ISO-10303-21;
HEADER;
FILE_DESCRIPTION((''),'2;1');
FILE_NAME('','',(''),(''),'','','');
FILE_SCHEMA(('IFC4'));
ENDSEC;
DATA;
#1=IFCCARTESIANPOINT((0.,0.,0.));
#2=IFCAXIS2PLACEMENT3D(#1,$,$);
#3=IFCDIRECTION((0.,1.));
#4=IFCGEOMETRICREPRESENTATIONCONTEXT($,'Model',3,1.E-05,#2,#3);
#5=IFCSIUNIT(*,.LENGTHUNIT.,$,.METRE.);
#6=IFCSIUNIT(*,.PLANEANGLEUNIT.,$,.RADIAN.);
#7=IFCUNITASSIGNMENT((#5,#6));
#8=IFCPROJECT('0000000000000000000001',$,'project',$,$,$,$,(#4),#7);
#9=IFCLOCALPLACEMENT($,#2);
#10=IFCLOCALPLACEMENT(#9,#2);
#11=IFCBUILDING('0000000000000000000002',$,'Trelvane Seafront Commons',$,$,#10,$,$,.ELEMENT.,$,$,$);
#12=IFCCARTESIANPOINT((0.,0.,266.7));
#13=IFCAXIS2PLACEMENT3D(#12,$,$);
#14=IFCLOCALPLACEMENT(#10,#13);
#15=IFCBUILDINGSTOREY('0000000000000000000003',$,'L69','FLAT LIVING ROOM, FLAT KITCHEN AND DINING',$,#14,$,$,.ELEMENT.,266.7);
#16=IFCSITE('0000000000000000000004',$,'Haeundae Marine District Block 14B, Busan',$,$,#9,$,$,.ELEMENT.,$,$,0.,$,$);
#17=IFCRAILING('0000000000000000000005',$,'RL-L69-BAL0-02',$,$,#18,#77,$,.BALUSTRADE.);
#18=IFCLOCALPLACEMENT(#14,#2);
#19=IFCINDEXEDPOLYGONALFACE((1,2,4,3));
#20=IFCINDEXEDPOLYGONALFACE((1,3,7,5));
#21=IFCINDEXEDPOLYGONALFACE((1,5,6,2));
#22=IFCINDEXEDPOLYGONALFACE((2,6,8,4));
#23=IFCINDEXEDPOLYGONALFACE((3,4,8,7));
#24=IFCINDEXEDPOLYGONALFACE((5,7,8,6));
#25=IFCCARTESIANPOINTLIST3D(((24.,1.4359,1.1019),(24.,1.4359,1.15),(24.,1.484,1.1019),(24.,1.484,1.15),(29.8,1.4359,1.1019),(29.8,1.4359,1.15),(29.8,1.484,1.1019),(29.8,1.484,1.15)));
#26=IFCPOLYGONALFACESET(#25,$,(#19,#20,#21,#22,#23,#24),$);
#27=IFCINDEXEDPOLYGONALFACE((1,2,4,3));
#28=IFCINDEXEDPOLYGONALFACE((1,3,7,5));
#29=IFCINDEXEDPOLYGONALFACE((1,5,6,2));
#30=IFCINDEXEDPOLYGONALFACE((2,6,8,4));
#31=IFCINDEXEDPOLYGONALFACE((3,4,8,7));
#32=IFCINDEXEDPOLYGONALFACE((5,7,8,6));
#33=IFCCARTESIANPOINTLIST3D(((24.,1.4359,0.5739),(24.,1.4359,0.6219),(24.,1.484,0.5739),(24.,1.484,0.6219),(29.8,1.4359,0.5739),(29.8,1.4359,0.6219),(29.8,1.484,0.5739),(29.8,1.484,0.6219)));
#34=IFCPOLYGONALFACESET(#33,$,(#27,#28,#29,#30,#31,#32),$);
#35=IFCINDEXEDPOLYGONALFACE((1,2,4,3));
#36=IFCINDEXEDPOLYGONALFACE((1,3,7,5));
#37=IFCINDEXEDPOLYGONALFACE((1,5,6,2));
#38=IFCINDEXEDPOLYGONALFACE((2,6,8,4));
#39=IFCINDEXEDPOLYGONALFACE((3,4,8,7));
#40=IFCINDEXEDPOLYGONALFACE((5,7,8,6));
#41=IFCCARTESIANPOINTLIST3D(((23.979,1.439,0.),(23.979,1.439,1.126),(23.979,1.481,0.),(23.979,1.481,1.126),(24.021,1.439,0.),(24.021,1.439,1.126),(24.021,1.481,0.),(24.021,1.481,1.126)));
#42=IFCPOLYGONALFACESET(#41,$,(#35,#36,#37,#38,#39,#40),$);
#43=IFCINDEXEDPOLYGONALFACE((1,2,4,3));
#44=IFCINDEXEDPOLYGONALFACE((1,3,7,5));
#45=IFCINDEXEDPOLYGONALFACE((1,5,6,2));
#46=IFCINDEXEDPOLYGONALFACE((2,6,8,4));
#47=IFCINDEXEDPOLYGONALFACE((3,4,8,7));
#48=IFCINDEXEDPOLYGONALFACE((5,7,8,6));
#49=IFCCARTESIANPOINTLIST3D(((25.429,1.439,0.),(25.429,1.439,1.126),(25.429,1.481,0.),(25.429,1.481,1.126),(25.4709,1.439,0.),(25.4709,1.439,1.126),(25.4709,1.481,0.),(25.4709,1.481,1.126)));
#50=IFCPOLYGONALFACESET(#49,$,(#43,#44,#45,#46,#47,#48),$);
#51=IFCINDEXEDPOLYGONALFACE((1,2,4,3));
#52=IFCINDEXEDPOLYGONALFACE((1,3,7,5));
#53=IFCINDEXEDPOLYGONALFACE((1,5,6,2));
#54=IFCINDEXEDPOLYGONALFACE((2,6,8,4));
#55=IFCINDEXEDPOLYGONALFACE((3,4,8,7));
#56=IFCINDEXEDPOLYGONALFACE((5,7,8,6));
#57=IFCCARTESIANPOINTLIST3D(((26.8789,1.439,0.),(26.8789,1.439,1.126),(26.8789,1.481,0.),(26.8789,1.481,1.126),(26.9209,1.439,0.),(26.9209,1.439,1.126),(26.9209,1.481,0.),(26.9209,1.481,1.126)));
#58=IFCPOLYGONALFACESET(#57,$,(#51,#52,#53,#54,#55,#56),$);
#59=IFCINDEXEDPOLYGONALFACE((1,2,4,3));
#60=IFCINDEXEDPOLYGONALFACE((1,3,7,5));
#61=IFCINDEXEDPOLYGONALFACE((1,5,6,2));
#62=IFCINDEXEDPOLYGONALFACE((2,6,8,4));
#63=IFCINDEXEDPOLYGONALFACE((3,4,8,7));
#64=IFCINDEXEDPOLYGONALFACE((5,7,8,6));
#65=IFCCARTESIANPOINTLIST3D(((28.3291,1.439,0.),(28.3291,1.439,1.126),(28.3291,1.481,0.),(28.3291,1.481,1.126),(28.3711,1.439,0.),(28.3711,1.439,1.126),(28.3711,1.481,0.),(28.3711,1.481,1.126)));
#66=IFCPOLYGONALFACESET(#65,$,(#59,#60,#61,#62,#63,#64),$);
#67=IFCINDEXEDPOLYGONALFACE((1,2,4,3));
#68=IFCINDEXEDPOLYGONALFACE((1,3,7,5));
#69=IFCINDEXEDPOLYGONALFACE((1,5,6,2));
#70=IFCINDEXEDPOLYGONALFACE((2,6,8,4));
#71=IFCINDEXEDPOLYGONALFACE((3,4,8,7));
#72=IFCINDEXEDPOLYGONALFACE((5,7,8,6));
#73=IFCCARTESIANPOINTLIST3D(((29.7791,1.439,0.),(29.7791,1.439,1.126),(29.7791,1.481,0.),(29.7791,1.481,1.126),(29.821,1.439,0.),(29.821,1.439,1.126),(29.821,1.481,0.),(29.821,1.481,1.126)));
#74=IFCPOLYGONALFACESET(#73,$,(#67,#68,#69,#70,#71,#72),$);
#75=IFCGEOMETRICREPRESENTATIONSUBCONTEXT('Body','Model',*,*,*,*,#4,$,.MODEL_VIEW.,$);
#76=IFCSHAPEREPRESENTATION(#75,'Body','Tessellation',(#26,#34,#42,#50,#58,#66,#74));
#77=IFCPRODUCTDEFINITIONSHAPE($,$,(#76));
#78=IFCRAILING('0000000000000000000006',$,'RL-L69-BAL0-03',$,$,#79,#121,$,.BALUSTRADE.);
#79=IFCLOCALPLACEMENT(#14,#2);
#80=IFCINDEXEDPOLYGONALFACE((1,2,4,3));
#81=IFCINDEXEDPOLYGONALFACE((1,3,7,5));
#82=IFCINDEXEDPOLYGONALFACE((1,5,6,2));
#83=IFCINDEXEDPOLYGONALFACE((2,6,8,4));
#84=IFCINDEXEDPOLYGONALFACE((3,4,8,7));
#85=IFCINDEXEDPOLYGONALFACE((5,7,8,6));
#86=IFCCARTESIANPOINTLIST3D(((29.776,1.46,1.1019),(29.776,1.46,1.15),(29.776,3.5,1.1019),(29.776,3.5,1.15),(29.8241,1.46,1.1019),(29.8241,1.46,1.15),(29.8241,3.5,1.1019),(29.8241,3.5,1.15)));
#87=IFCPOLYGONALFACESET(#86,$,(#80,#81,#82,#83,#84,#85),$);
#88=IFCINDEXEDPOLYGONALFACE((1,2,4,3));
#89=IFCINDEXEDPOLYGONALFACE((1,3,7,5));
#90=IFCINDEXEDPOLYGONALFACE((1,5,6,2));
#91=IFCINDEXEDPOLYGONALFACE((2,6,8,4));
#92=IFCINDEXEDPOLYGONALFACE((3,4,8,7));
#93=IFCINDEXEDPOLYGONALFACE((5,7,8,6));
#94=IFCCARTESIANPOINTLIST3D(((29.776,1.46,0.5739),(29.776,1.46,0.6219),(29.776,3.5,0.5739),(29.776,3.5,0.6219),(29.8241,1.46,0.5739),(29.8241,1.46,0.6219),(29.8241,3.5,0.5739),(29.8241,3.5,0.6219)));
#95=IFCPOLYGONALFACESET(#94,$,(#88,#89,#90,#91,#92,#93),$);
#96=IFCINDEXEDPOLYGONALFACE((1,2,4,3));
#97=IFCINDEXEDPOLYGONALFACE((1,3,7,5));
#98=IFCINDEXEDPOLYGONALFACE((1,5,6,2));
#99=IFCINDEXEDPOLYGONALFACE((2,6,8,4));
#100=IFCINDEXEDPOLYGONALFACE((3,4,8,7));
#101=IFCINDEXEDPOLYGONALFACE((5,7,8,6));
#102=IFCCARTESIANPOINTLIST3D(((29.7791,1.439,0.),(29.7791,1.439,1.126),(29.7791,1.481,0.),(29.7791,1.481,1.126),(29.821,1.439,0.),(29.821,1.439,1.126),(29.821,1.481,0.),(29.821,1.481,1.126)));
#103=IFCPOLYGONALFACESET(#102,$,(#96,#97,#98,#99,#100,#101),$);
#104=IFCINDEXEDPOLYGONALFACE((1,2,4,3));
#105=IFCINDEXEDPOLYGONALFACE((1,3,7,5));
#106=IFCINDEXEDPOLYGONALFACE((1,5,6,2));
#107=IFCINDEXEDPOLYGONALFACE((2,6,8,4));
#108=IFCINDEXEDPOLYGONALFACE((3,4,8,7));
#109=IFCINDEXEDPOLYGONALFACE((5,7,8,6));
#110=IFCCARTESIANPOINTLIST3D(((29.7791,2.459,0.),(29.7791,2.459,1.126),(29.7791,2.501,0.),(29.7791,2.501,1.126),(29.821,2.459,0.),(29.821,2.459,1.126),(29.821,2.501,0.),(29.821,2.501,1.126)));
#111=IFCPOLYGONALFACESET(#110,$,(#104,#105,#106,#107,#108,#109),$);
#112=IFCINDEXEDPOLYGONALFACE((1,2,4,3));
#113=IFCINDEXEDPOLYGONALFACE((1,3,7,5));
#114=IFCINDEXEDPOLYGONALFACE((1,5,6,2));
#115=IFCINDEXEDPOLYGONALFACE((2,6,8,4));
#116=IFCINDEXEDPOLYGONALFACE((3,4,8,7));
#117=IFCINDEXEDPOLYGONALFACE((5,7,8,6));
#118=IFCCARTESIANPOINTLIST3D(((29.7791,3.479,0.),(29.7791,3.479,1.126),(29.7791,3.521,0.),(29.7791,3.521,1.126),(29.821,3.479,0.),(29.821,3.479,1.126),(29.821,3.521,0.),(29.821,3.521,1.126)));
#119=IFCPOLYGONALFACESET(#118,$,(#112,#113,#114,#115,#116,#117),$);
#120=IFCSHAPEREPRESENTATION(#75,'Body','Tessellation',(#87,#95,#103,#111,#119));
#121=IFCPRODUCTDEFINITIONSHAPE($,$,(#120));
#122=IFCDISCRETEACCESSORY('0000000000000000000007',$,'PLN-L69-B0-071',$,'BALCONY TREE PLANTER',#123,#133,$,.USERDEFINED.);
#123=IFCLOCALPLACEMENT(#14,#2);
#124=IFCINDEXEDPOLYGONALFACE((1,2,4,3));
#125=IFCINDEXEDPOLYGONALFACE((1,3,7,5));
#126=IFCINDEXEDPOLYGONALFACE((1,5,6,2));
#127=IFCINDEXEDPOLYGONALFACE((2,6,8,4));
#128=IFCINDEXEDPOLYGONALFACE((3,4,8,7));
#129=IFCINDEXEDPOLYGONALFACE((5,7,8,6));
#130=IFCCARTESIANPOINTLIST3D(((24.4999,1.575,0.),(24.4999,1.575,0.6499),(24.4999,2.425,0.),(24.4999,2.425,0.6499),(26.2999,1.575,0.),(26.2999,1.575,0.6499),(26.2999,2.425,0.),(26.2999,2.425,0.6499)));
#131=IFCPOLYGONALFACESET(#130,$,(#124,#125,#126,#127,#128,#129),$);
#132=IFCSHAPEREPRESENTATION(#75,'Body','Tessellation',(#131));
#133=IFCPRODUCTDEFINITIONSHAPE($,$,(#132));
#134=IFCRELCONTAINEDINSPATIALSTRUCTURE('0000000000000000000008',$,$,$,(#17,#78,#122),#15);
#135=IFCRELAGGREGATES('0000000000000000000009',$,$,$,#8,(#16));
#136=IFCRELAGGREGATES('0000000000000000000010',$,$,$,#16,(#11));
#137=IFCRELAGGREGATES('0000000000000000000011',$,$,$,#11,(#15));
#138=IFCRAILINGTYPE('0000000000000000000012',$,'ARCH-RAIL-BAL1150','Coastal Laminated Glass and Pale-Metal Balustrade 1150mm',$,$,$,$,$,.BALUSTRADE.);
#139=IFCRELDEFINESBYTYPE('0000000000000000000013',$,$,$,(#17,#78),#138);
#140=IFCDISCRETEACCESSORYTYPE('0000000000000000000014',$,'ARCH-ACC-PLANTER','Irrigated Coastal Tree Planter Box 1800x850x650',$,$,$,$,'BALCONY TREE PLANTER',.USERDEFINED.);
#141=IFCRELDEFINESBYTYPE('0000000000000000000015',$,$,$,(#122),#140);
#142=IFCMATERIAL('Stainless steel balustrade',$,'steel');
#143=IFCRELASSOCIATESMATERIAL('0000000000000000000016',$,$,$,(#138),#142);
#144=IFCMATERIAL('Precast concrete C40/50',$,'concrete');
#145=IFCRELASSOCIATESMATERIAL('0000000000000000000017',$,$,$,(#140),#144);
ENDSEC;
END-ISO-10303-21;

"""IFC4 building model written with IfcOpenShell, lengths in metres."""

from ifc_helpers import new_model, si_unit, direction, frame, origin, origin_2d, place, context, subcontext, project, spatial, rectangle, extrude, source, transform, mapped, material, type_object, element, save


model = new_model("IFC4")

# Units and contexts
model_context = context("Model", 3, precision=1e-05, world=origin(), true_north=direction((0.0, 1.0)))
body_context = subcontext(model_context, "Body", "Model", "MODEL_VIEW")
ifc_project = project(units=[si_unit("LENGTHUNIT", "METRE"), si_unit("PLANEANGLEUNIT", "RADIAN")], contexts=[model_context])

# Site, building, storey
site_placement = place(None, origin())
site = spatial("IfcSite", under=ifc_project, at=site_placement, Name="Haeundae Marine District Block 14B, Busan", CompositionType="ELEMENT", RefElevation=0.0)
building_placement = place(site_placement, origin())
building = spatial("IfcBuilding", under=site, at=building_placement, Name="Trelvane Seafront Commons", CompositionType="ELEMENT")
storey_placement = place(building_placement, frame((0.0, 0.0, 266.7)))
storey = spatial("IfcBuildingStorey", under=building, at=storey_placement, Name="L69", Description="FLAT LIVING ROOM, FLAT KITCHEN AND DINING", CompositionType="ELEMENT", Elevation=266.7)

# Railings
ifc_material_1 = material(Name="Stainless steel balustrade", Category="steel")
railing_type = type_object("IfcRailingType", Name="ARCH-RAIL-BAL1150", Description="Coastal Laminated Glass and Pale-Metal Balustrade 1150mm", PredefinedType="BALUSTRADE", material=ifc_material_1)
railing_1_placement = place(storey_placement, frame((24.0, 1.46, 0.0)))
element("IfcRailing", 1, at=railing_1_placement, inside=storey, type_object=railing_type, Name="RL-L69-BAL0-02", PredefinedType="BALUSTRADE", context=body_context, shape_type="SweptSolid", body=[
    extrude(rectangle(XDim=0.0481, YDim=0.0481, at=origin_2d()), frame((0.0, 0.0, 1.126), z_axis=(1.0, 0.0, 0.0), x_axis=(0.0, 1.0, 0.0)), (0.0, 0.0, 1.0), 5.8),
    extrude(rectangle(XDim=0.0481, YDim=0.0481, at=origin_2d()), frame((0.0, 0.0, 0.5979), z_axis=(1.0, 0.0, 0.0), x_axis=(0.0, 1.0, 0.0)), (0.0, 0.0, 1.0), 5.8),
    extrude(rectangle(XDim=0.042, YDim=0.042, at=origin_2d()), origin(), (0.0, 0.0, 1.0), 1.126),
    extrude(rectangle(XDim=0.042, YDim=0.042, at=origin_2d()), frame((1.45, 0.0, 0.0)), (0.0, 0.0, 1.0), 1.126),
    extrude(rectangle(XDim=0.042, YDim=0.042, at=origin_2d()), frame((2.8999, 0.0, 0.0)), (0.0, 0.0, 1.0), 1.126),
    extrude(rectangle(XDim=0.042, YDim=0.042, at=origin_2d()), frame((4.3501, 0.0, 0.0)), (0.0, 0.0, 1.0), 1.126),
    extrude(rectangle(XDim=0.042, YDim=0.042, at=origin_2d()), frame((5.8, 0.0, 0.0)), (0.0, 0.0, 1.0), 1.126),
])
railing_2_placement = place(storey_placement, frame((29.8, 1.46, 0.0)))
element("IfcRailing", 2, at=railing_2_placement, inside=storey, type_object=railing_type, Name="RL-L69-BAL0-03", PredefinedType="BALUSTRADE", context=body_context, shape_type="SweptSolid", body=[
    extrude(rectangle(XDim=0.0481, YDim=0.0481, at=origin_2d()), frame((0.0, 0.0, 1.126), z_axis=(0.0, 1.0, 0.0), x_axis=(-1.0, 0.0, 0.0)), (0.0, 0.0, 1.0), 2.04),
    extrude(rectangle(XDim=0.0481, YDim=0.0481, at=origin_2d()), frame((0.0, 0.0, 0.5979), z_axis=(0.0, 1.0, 0.0), x_axis=(-1.0, 0.0, 0.0)), (0.0, 0.0, 1.0), 2.04),
    extrude(rectangle(XDim=0.042, YDim=0.042, at=origin_2d()), origin(), (0.0, 0.0, 1.0), 1.126),
    extrude(rectangle(XDim=0.042, YDim=0.042, at=origin_2d()), frame((0.0, 1.02, 0.0)), (0.0, 0.0, 1.0), 1.126),
    extrude(rectangle(XDim=0.042, YDim=0.042, at=origin_2d()), frame((0.0, 2.04, 0.0)), (0.0, 0.0, 1.0), 1.126),
])

# Discrete accessory
ifc_material_2 = material(Name="Precast concrete C40/50", Category="concrete")
discrete_accessory_type = type_object("IfcDiscreteAccessoryType", Name="ARCH-ACC-PLANTER", Description="Irrigated Coastal Tree Planter Box 1800x850x650", ElementType="BALCONY TREE PLANTER", PredefinedType="USERDEFINED", material=ifc_material_2)
shared_shape_1 = source(origin(), body_context, "Body", "SweptSolid", [
    extrude(rectangle(XDim=1.8, YDim=0.8501, at=origin_2d()), origin(), (0.0, 0.0, 1.0), 0.6499),
])
discrete_accessory_placement = place(storey_placement, frame((25.3999, 2.0, 0.0), z_axis=(0.0, 0.0, 1.0), x_axis=(1.0, 0.0, 0.0)))
element("IfcDiscreteAccessory", 3, at=discrete_accessory_placement, inside=storey, type_object=discrete_accessory_type, Name="PLN-L69-B0-071", ObjectType="BALCONY TREE PLANTER", PredefinedType="USERDEFINED", context=body_context, shape_type="MappedRepresentation", body=[
    mapped(shared_shape_1, transform((0.0, 0.0, 0.0), x_axis=(1.0, 0.0, 0.0), y_axis=(0.0, 1.0, 0.0), z_axis=(0.0, 0.0, 1.0), scale=1.0)),
])

save(model, "model.ifc")
